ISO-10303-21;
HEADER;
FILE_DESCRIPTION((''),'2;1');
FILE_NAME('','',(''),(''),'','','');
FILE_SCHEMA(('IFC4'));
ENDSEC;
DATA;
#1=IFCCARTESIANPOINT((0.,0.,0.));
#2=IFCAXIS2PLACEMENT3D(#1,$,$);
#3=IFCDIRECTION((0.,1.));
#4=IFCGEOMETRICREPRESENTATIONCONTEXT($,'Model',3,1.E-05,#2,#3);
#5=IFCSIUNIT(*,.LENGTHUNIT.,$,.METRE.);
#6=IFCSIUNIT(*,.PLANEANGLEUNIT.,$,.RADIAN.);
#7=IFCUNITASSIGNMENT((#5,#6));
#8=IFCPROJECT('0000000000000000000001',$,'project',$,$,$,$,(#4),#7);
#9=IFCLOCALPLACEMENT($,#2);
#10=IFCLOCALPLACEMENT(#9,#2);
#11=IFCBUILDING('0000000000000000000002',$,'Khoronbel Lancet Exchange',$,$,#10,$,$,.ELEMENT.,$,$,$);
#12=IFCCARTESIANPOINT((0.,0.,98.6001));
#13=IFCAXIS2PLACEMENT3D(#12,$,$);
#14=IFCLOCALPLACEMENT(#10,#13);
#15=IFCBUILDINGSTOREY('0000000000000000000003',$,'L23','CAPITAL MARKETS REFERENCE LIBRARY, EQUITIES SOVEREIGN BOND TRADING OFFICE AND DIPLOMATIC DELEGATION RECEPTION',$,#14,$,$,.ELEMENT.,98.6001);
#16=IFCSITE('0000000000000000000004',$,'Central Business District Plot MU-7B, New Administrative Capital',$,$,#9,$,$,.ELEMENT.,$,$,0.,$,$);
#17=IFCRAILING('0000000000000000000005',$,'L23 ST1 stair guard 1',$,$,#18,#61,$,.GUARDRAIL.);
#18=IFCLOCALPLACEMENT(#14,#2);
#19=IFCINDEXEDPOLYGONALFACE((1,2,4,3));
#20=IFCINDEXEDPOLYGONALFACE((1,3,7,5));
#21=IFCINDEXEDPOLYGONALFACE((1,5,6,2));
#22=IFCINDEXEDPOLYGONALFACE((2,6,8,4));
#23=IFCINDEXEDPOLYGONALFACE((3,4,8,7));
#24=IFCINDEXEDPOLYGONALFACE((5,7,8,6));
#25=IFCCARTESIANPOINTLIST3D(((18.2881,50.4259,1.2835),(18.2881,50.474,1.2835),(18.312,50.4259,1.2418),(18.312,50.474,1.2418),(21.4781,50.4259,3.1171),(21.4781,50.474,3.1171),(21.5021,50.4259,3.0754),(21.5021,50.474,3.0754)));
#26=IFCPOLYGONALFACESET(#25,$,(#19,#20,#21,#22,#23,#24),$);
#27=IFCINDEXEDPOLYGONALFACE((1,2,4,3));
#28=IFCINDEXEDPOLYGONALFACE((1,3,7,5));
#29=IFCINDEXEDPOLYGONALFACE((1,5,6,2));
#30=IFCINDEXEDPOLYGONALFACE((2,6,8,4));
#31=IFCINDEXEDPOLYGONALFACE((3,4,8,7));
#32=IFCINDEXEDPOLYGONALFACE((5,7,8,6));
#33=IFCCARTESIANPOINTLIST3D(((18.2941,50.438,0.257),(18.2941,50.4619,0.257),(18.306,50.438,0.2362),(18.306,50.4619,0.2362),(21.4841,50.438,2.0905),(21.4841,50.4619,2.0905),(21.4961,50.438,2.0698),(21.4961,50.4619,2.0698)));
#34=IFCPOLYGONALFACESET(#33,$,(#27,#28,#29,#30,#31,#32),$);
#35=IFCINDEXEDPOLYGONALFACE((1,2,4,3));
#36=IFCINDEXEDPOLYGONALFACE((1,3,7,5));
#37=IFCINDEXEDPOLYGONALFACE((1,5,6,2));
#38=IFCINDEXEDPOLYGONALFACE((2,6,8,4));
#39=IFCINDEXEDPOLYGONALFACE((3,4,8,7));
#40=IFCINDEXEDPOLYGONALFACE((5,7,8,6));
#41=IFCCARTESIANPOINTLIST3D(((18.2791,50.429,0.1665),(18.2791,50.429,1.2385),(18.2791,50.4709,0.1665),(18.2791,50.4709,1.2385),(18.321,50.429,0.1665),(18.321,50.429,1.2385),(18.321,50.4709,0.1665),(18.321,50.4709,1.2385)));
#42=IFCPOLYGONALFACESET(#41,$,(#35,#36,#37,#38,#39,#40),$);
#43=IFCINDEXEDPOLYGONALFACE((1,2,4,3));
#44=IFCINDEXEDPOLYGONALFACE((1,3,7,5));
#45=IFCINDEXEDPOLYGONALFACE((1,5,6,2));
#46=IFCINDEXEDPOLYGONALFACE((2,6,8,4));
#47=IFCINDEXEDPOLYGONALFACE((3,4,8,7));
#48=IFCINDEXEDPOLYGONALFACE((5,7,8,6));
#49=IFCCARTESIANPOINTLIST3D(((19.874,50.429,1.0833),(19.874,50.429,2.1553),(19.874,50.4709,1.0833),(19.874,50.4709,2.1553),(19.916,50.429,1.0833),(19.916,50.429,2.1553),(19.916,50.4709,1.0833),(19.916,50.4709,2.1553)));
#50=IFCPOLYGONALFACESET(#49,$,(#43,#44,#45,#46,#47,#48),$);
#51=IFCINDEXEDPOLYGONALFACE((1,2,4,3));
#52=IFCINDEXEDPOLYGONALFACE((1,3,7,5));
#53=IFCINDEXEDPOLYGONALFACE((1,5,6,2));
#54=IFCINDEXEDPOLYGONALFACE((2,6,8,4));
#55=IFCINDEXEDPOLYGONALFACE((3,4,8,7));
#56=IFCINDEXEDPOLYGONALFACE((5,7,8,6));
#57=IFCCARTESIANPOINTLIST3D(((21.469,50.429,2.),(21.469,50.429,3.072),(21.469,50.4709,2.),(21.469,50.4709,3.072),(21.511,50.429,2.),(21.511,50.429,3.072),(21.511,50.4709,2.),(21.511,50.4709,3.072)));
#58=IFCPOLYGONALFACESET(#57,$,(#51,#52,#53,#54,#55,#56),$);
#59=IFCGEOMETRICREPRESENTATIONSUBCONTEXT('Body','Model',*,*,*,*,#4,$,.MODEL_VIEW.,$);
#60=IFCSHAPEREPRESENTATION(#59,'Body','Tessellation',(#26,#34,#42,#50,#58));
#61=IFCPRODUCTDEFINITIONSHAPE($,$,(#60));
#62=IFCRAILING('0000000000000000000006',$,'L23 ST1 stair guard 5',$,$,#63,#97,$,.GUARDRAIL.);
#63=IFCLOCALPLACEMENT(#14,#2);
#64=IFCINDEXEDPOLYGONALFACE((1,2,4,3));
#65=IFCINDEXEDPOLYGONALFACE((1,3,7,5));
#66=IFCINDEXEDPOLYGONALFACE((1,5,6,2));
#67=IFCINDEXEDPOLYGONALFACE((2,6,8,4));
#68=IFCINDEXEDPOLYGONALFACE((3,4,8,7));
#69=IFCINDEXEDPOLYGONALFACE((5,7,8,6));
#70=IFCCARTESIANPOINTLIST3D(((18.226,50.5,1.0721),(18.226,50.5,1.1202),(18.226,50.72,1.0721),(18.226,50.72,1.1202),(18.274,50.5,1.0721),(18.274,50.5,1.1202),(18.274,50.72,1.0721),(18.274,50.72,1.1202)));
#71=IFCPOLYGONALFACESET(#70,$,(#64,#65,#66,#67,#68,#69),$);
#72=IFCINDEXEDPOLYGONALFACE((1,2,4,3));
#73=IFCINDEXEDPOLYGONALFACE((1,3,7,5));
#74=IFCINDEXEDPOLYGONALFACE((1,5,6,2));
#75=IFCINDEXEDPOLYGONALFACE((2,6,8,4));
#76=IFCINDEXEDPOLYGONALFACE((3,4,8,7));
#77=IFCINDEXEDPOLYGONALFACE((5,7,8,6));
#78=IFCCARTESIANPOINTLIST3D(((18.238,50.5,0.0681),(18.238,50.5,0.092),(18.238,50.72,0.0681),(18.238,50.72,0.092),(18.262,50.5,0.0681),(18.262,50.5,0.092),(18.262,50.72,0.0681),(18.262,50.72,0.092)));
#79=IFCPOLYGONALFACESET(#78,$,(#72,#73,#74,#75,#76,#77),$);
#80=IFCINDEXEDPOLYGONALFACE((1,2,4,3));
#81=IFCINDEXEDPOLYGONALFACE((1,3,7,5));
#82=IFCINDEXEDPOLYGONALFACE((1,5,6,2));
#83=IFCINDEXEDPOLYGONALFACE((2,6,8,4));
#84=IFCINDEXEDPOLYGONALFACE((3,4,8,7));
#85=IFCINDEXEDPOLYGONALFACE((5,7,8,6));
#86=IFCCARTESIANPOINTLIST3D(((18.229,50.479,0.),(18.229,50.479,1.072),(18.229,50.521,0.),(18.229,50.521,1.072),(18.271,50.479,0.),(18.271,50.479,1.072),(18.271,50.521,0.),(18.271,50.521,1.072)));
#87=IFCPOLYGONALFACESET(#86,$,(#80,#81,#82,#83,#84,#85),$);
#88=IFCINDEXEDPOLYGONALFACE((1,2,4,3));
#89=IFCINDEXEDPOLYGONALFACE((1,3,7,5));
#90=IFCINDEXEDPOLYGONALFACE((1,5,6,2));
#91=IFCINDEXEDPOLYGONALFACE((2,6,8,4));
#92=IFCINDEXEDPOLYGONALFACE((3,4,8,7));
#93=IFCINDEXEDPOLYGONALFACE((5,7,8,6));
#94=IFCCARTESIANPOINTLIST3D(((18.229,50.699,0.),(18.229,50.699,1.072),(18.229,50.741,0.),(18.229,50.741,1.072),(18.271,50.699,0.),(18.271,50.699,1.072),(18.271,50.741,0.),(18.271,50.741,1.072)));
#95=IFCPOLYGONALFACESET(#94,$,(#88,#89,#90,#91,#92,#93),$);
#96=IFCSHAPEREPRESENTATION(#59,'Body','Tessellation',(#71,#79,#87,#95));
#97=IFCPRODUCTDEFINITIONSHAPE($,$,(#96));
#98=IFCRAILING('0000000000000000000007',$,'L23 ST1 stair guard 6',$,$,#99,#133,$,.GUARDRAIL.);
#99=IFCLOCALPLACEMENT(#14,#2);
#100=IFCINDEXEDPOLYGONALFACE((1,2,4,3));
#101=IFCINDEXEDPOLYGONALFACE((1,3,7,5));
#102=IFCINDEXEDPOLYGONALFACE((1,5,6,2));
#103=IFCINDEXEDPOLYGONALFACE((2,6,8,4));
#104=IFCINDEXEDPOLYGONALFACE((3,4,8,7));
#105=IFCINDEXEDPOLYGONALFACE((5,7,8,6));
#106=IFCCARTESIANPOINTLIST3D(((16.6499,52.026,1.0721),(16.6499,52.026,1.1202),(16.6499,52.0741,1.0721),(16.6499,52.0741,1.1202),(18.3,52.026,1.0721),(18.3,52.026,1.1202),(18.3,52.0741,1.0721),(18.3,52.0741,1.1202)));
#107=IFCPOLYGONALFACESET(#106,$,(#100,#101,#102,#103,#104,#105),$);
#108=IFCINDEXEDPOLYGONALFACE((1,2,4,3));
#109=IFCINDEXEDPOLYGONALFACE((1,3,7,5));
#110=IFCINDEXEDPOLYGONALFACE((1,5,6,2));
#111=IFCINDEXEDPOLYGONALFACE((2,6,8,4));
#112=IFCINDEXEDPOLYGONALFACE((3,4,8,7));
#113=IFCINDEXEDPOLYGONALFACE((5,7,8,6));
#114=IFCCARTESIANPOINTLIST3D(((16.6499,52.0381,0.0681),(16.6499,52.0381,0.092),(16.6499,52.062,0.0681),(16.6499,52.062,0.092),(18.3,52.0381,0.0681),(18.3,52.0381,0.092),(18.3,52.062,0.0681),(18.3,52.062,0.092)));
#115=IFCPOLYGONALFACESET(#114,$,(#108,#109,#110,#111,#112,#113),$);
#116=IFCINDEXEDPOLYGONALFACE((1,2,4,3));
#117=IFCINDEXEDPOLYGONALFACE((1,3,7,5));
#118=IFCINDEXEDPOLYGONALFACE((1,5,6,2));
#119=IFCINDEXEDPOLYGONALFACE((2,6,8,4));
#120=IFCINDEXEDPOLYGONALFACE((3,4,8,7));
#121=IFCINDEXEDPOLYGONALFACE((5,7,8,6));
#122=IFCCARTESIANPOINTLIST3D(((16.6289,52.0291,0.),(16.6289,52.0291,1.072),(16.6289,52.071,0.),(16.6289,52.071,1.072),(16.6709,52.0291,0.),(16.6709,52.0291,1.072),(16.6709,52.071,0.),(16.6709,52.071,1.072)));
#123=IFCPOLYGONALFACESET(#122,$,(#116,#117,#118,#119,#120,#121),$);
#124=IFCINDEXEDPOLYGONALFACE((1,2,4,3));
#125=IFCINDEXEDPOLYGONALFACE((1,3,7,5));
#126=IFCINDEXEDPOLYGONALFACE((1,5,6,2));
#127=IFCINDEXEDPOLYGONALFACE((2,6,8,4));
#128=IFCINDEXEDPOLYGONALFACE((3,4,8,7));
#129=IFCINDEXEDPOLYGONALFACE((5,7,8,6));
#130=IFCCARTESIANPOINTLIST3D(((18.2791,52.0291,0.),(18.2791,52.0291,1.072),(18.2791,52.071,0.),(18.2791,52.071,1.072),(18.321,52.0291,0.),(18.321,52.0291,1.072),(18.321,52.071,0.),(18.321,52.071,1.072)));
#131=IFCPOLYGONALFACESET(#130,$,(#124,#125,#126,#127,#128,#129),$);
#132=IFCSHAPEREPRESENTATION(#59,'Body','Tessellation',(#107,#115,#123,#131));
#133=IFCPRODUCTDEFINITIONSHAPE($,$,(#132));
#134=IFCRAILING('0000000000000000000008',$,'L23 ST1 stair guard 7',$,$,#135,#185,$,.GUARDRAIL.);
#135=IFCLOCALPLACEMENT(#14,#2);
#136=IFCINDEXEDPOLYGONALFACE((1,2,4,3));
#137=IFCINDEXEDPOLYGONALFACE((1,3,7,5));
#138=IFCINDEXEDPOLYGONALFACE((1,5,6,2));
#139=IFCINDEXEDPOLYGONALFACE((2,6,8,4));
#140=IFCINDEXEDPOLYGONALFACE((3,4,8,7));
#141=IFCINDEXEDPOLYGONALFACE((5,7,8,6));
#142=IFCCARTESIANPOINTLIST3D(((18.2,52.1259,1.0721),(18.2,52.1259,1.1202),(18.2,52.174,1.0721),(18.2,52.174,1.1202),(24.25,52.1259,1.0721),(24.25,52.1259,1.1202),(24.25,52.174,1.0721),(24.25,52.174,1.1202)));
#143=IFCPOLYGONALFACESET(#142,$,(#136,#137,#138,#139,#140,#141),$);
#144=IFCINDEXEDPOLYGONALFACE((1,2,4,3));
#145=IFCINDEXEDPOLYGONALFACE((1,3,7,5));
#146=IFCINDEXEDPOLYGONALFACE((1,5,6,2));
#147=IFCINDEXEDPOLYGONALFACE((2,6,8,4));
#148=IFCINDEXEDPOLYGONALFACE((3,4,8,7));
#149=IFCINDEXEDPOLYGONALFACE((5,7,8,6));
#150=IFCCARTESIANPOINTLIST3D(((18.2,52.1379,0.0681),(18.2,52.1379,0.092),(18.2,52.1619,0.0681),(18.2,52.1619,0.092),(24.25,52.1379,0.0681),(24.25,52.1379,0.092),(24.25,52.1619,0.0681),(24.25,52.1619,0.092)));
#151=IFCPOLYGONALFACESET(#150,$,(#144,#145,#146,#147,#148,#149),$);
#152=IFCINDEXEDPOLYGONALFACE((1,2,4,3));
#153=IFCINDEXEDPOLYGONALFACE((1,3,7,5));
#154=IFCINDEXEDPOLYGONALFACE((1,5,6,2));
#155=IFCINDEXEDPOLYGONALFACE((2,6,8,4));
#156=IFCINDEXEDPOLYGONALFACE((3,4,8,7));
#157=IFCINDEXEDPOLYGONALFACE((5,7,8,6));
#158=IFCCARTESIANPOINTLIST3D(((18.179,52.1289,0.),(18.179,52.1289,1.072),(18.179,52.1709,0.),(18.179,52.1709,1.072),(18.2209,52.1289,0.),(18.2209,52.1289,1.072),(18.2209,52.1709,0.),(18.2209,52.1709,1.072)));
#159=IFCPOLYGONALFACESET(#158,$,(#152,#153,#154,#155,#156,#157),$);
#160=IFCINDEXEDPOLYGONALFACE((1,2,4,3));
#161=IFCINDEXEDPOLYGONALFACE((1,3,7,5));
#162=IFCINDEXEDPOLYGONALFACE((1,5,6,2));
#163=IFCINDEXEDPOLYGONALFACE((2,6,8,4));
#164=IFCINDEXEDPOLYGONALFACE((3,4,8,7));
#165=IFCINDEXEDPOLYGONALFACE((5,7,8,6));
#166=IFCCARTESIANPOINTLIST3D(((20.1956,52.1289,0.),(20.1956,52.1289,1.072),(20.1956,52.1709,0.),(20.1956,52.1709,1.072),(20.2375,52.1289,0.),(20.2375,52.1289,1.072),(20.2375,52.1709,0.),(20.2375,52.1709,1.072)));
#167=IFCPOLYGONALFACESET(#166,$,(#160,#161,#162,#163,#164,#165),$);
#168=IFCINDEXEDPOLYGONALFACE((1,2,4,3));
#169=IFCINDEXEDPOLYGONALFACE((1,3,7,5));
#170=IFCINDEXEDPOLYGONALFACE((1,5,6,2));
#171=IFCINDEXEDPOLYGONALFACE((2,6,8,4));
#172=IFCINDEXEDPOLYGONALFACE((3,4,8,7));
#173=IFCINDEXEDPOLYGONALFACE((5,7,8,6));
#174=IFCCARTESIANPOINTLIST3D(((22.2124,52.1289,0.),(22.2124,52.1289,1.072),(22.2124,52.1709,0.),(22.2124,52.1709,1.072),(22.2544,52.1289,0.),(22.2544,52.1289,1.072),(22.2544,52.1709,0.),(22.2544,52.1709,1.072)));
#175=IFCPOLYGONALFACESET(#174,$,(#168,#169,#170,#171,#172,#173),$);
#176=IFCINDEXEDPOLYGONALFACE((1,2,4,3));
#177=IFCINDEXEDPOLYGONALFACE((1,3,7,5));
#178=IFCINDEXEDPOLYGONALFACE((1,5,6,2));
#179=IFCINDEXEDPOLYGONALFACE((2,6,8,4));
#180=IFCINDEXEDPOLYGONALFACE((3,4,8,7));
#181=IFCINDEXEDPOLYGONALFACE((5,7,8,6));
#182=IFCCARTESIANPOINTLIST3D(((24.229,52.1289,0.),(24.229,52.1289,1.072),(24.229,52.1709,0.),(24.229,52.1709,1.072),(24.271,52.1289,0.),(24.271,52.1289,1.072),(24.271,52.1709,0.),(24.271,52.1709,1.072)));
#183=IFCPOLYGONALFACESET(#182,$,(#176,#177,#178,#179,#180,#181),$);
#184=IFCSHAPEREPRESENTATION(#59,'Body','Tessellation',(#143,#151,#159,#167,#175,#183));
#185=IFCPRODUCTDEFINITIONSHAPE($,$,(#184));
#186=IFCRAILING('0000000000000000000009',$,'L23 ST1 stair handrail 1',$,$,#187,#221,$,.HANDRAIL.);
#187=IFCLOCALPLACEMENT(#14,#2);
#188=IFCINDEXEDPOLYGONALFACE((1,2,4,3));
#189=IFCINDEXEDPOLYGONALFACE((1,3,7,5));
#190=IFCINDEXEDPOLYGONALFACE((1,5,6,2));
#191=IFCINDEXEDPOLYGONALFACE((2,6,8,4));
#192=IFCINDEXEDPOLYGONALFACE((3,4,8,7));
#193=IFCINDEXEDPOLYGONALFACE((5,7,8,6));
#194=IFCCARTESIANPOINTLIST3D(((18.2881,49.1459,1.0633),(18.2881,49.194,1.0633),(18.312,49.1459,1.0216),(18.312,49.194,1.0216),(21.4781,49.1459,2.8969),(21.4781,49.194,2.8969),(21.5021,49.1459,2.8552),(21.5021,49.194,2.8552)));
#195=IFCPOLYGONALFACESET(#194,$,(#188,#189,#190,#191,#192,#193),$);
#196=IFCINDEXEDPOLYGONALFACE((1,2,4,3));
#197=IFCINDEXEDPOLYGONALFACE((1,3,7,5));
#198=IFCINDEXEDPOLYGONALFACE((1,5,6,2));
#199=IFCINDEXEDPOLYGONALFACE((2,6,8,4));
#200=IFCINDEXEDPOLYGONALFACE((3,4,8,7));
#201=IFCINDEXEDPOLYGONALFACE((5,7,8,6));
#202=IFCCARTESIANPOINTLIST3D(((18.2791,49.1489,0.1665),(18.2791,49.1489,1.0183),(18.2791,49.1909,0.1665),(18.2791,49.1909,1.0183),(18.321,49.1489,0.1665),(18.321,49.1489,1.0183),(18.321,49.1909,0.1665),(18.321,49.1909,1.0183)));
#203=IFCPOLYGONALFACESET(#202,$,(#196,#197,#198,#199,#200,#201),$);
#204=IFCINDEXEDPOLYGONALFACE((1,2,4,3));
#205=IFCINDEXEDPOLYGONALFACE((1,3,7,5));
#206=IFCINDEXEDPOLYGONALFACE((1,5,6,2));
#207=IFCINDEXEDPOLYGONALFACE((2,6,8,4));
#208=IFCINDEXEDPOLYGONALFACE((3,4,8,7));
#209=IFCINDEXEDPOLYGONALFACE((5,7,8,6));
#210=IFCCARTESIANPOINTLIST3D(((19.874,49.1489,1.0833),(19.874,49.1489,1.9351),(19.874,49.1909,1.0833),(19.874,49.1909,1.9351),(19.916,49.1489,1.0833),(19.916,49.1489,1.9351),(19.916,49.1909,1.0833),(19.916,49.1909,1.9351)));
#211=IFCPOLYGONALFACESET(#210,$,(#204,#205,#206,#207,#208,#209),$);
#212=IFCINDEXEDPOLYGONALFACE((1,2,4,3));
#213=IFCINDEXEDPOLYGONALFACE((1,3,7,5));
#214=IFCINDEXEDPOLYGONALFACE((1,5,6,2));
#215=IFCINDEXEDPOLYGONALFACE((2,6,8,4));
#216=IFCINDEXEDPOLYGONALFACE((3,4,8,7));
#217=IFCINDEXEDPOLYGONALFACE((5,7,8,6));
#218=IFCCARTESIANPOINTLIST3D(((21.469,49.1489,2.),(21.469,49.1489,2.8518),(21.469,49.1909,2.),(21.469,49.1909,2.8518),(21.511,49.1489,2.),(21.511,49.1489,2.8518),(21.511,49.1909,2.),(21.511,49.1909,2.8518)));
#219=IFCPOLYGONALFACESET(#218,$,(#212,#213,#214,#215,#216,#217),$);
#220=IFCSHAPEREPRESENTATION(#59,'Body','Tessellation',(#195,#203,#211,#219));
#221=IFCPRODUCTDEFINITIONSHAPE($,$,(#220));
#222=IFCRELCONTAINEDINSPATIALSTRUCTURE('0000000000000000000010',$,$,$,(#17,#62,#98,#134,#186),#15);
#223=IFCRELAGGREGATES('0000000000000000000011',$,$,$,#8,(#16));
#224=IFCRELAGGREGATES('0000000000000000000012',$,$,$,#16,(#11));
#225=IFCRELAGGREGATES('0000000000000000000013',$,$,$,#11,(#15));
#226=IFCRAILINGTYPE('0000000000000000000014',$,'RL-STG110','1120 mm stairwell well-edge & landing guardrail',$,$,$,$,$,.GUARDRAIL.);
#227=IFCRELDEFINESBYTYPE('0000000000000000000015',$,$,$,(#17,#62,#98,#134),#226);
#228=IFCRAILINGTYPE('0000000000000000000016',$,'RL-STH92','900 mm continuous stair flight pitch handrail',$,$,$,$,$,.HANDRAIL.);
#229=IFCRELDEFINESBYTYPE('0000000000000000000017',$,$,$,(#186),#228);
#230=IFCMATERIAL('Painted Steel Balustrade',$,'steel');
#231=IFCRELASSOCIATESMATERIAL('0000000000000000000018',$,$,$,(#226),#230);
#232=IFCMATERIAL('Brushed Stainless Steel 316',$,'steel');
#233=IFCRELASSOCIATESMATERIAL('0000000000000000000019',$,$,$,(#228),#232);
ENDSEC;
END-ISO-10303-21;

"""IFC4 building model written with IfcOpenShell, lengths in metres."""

from ifc_helpers import new_model, si_unit, direction, frame, origin, origin_2d, place, context, subcontext, project, spatial, rectangle, extrude, material, type_object, element, save


model = new_model("IFC4")

# Units and contexts
model_context = context("Model", 3, precision=1e-05, world=origin(), true_north=direction((0.0, 1.0)))
body_context = subcontext(model_context, "Body", "Model", "MODEL_VIEW")
ifc_project = project(units=[si_unit("LENGTHUNIT", "METRE"), si_unit("PLANEANGLEUNIT", "RADIAN")], contexts=[model_context])

# Site, building, storey
site_placement = place(None, origin())
site = spatial("IfcSite", under=ifc_project, at=site_placement, Name="Central Business District Plot MU-7B, New Administrative Capital", CompositionType="ELEMENT", RefElevation=0.0)
building_placement = place(site_placement, origin())
building = spatial("IfcBuilding", under=site, at=building_placement, Name="Khoronbel Lancet Exchange", CompositionType="ELEMENT")
storey_placement = place(building_placement, frame((0.0, 0.0, 98.6001)))
storey = spatial("IfcBuildingStorey", under=building, at=storey_placement, Name="L23", Description="CAPITAL MARKETS REFERENCE LIBRARY, EQUITIES SOVEREIGN BOND TRADING OFFICE AND DIPLOMATIC DELEGATION RECEPTION", CompositionType="ELEMENT", Elevation=98.6001)

# Railings
ifc_material_1 = material(Name="Painted Steel Balustrade", Category="steel")
railing_type_1 = type_object("IfcRailingType", Name="RL-STG110", Description="1120 mm stairwell well-edge & landing guardrail", PredefinedType="GUARDRAIL", material=ifc_material_1)
railing_1_placement = place(storey_placement, frame((18.3, 50.45, 0.1665)))
element("IfcRailing", 1, at=railing_1_placement, inside=storey, type_object=railing_type_1, Name="L23 ST1 stair guard 1", PredefinedType="GUARDRAIL", context=body_context, shape_type="SweptSolid", body=[
    extrude(rectangle(XDim=0.0481, YDim=0.0481, at=origin_2d()), frame((0.0, 0.0, 1.0962), z_axis=(0.866991, 0.0, 0.498324), x_axis=(0.0, 1.0, 0.0)), (0.0, 0.0, 1.0), 3.6794),
    extrude(rectangle(XDim=0.0239, YDim=0.0239, at=origin_2d()), frame((0.0, 0.0, 0.0801), z_axis=(0.866991, 0.0, 0.498324), x_axis=(0.0, 1.0, 0.0)), (0.0, 0.0, 1.0), 3.6794),
    extrude(rectangle(XDim=0.042, YDim=0.042, at=origin_2d()), origin(), (0.0, 0.0, 1.0), 1.072),
    extrude(rectangle(XDim=0.042, YDim=0.042, at=origin_2d()), frame((1.595, 0.0, 0.9167)), (0.0, 0.0, 1.0), 1.072),
    extrude(rectangle(XDim=0.042, YDim=0.042, at=origin_2d()), frame((3.1899, 0.0, 1.8335)), (0.0, 0.0, 1.0), 1.072),
])
railing_2_placement = place(storey_placement, frame((18.25, 50.5, 0.0)))
element("IfcRailing", 2, at=railing_2_placement, inside=storey, type_object=railing_type_1, Name="L23 ST1 stair guard 5", PredefinedType="GUARDRAIL", context=body_context, shape_type="SweptSolid", body=[
    extrude(rectangle(XDim=0.0481, YDim=0.0481, at=origin_2d()), frame((0.0, 0.0, 1.0962), z_axis=(0.0, 1.0, 0.0), x_axis=(-1.0, 0.0, 0.0)), (0.0, 0.0, 1.0), 0.22),
    extrude(rectangle(XDim=0.0239, YDim=0.0239, at=origin_2d()), frame((0.0, 0.0, 0.0801), z_axis=(0.0, 1.0, 0.0), x_axis=(-1.0, 0.0, 0.0)), (0.0, 0.0, 1.0), 0.22),
    extrude(rectangle(XDim=0.042, YDim=0.042, at=origin_2d()), origin(), (0.0, 0.0, 1.0), 1.072),
    extrude(rectangle(XDim=0.042, YDim=0.042, at=origin_2d()), frame((0.0, 0.22, 0.0)), (0.0, 0.0, 1.0), 1.072),
])
railing_3_placement = place(storey_placement, frame((16.6499, 52.05, 0.0)))
element("IfcRailing", 3, at=railing_3_placement, inside=storey, type_object=railing_type_1, Name="L23 ST1 stair guard 6", PredefinedType="GUARDRAIL", context=body_context, shape_type="SweptSolid", body=[
    extrude(rectangle(XDim=0.0481, YDim=0.0481, at=origin_2d()), frame((0.0, 0.0, 1.0962), z_axis=(1.0, 0.0, 0.0), x_axis=(0.0, 1.0, 0.0)), (0.0, 0.0, 1.0), 1.6501),
    extrude(rectangle(XDim=0.0239, YDim=0.0239, at=origin_2d()), frame((0.0, 0.0, 0.0801), z_axis=(1.0, 0.0, 0.0), x_axis=(0.0, 1.0, 0.0)), (0.0, 0.0, 1.0), 1.6501),
    extrude(rectangle(XDim=0.042, YDim=0.042, at=origin_2d()), origin(), (0.0, 0.0, 1.0), 1.072),
    extrude(rectangle(XDim=0.042, YDim=0.042, at=origin_2d()), frame((1.6501, 0.0, 0.0)), (0.0, 0.0, 1.0), 1.072),
])
railing_4_placement = place(storey_placement, frame((18.2, 52.1499, 0.0)))
element("IfcRailing", 4, at=railing_4_placement, inside=storey, type_object=railing_type_1, Name="L23 ST1 stair guard 7", PredefinedType="GUARDRAIL", context=body_context, shape_type="SweptSolid", body=[
    extrude(rectangle(XDim=0.0481, YDim=0.0481, at=origin_2d()), frame((0.0, 0.0, 1.0962), z_axis=(1.0, 0.0, 0.0), x_axis=(0.0, 1.0, 0.0)), (0.0, 0.0, 1.0), 6.05),
    extrude(rectangle(XDim=0.0239, YDim=0.0239, at=origin_2d()), frame((0.0, 0.0, 0.0801), z_axis=(1.0, 0.0, 0.0), x_axis=(0.0, 1.0, 0.0)), (0.0, 0.0, 1.0), 6.05),
    extrude(rectangle(XDim=0.042, YDim=0.042, at=origin_2d()), origin(), (0.0, 0.0, 1.0), 1.072),
    extrude(rectangle(XDim=0.042, YDim=0.042, at=origin_2d()), frame((2.0166, 0.0, 0.0)), (0.0, 0.0, 1.0), 1.072),
    extrude(rectangle(XDim=0.042, YDim=0.042, at=origin_2d()), frame((4.0334, 0.0, 0.0)), (0.0, 0.0, 1.0), 1.072),
    extrude(rectangle(XDim=0.042, YDim=0.042, at=origin_2d()), frame((6.05, 0.0, 0.0)), (0.0, 0.0, 1.0), 1.072),
])
ifc_material_2 = material(Name="Brushed Stainless Steel 316", Category="steel")
railing_type_2 = type_object("IfcRailingType", Name="RL-STH92", Description="900 mm continuous stair flight pitch handrail", PredefinedType="HANDRAIL", material=ifc_material_2)
railing_5_placement = place(storey_placement, frame((18.3, 49.1699, 0.1665)))
element("IfcRailing", 5, at=railing_5_placement, inside=storey, type_object=railing_type_2, Name="L23 ST1 stair handrail 1", PredefinedType="HANDRAIL", context=body_context, shape_type="SweptSolid", body=[
    extrude(rectangle(XDim=0.0481, YDim=0.0481, at=origin_2d()), frame((0.0, 0.0, 0.876), z_axis=(0.866991, 0.0, 0.498324), x_axis=(0.0, 1.0, 0.0)), (0.0, 0.0, 1.0), 3.6794),
    extrude(rectangle(XDim=0.042, YDim=0.042, at=origin_2d()), origin(), (0.0, 0.0, 1.0), 0.8518),
    extrude(rectangle(XDim=0.042, YDim=0.042, at=origin_2d()), frame((1.595, 0.0, 0.9167)), (0.0, 0.0, 1.0), 0.8518),
    extrude(rectangle(XDim=0.042, YDim=0.042, at=origin_2d()), frame((3.1899, 0.0, 1.8335)), (0.0, 0.0, 1.0), 0.8518),
])

save(model, "model.ifc")
